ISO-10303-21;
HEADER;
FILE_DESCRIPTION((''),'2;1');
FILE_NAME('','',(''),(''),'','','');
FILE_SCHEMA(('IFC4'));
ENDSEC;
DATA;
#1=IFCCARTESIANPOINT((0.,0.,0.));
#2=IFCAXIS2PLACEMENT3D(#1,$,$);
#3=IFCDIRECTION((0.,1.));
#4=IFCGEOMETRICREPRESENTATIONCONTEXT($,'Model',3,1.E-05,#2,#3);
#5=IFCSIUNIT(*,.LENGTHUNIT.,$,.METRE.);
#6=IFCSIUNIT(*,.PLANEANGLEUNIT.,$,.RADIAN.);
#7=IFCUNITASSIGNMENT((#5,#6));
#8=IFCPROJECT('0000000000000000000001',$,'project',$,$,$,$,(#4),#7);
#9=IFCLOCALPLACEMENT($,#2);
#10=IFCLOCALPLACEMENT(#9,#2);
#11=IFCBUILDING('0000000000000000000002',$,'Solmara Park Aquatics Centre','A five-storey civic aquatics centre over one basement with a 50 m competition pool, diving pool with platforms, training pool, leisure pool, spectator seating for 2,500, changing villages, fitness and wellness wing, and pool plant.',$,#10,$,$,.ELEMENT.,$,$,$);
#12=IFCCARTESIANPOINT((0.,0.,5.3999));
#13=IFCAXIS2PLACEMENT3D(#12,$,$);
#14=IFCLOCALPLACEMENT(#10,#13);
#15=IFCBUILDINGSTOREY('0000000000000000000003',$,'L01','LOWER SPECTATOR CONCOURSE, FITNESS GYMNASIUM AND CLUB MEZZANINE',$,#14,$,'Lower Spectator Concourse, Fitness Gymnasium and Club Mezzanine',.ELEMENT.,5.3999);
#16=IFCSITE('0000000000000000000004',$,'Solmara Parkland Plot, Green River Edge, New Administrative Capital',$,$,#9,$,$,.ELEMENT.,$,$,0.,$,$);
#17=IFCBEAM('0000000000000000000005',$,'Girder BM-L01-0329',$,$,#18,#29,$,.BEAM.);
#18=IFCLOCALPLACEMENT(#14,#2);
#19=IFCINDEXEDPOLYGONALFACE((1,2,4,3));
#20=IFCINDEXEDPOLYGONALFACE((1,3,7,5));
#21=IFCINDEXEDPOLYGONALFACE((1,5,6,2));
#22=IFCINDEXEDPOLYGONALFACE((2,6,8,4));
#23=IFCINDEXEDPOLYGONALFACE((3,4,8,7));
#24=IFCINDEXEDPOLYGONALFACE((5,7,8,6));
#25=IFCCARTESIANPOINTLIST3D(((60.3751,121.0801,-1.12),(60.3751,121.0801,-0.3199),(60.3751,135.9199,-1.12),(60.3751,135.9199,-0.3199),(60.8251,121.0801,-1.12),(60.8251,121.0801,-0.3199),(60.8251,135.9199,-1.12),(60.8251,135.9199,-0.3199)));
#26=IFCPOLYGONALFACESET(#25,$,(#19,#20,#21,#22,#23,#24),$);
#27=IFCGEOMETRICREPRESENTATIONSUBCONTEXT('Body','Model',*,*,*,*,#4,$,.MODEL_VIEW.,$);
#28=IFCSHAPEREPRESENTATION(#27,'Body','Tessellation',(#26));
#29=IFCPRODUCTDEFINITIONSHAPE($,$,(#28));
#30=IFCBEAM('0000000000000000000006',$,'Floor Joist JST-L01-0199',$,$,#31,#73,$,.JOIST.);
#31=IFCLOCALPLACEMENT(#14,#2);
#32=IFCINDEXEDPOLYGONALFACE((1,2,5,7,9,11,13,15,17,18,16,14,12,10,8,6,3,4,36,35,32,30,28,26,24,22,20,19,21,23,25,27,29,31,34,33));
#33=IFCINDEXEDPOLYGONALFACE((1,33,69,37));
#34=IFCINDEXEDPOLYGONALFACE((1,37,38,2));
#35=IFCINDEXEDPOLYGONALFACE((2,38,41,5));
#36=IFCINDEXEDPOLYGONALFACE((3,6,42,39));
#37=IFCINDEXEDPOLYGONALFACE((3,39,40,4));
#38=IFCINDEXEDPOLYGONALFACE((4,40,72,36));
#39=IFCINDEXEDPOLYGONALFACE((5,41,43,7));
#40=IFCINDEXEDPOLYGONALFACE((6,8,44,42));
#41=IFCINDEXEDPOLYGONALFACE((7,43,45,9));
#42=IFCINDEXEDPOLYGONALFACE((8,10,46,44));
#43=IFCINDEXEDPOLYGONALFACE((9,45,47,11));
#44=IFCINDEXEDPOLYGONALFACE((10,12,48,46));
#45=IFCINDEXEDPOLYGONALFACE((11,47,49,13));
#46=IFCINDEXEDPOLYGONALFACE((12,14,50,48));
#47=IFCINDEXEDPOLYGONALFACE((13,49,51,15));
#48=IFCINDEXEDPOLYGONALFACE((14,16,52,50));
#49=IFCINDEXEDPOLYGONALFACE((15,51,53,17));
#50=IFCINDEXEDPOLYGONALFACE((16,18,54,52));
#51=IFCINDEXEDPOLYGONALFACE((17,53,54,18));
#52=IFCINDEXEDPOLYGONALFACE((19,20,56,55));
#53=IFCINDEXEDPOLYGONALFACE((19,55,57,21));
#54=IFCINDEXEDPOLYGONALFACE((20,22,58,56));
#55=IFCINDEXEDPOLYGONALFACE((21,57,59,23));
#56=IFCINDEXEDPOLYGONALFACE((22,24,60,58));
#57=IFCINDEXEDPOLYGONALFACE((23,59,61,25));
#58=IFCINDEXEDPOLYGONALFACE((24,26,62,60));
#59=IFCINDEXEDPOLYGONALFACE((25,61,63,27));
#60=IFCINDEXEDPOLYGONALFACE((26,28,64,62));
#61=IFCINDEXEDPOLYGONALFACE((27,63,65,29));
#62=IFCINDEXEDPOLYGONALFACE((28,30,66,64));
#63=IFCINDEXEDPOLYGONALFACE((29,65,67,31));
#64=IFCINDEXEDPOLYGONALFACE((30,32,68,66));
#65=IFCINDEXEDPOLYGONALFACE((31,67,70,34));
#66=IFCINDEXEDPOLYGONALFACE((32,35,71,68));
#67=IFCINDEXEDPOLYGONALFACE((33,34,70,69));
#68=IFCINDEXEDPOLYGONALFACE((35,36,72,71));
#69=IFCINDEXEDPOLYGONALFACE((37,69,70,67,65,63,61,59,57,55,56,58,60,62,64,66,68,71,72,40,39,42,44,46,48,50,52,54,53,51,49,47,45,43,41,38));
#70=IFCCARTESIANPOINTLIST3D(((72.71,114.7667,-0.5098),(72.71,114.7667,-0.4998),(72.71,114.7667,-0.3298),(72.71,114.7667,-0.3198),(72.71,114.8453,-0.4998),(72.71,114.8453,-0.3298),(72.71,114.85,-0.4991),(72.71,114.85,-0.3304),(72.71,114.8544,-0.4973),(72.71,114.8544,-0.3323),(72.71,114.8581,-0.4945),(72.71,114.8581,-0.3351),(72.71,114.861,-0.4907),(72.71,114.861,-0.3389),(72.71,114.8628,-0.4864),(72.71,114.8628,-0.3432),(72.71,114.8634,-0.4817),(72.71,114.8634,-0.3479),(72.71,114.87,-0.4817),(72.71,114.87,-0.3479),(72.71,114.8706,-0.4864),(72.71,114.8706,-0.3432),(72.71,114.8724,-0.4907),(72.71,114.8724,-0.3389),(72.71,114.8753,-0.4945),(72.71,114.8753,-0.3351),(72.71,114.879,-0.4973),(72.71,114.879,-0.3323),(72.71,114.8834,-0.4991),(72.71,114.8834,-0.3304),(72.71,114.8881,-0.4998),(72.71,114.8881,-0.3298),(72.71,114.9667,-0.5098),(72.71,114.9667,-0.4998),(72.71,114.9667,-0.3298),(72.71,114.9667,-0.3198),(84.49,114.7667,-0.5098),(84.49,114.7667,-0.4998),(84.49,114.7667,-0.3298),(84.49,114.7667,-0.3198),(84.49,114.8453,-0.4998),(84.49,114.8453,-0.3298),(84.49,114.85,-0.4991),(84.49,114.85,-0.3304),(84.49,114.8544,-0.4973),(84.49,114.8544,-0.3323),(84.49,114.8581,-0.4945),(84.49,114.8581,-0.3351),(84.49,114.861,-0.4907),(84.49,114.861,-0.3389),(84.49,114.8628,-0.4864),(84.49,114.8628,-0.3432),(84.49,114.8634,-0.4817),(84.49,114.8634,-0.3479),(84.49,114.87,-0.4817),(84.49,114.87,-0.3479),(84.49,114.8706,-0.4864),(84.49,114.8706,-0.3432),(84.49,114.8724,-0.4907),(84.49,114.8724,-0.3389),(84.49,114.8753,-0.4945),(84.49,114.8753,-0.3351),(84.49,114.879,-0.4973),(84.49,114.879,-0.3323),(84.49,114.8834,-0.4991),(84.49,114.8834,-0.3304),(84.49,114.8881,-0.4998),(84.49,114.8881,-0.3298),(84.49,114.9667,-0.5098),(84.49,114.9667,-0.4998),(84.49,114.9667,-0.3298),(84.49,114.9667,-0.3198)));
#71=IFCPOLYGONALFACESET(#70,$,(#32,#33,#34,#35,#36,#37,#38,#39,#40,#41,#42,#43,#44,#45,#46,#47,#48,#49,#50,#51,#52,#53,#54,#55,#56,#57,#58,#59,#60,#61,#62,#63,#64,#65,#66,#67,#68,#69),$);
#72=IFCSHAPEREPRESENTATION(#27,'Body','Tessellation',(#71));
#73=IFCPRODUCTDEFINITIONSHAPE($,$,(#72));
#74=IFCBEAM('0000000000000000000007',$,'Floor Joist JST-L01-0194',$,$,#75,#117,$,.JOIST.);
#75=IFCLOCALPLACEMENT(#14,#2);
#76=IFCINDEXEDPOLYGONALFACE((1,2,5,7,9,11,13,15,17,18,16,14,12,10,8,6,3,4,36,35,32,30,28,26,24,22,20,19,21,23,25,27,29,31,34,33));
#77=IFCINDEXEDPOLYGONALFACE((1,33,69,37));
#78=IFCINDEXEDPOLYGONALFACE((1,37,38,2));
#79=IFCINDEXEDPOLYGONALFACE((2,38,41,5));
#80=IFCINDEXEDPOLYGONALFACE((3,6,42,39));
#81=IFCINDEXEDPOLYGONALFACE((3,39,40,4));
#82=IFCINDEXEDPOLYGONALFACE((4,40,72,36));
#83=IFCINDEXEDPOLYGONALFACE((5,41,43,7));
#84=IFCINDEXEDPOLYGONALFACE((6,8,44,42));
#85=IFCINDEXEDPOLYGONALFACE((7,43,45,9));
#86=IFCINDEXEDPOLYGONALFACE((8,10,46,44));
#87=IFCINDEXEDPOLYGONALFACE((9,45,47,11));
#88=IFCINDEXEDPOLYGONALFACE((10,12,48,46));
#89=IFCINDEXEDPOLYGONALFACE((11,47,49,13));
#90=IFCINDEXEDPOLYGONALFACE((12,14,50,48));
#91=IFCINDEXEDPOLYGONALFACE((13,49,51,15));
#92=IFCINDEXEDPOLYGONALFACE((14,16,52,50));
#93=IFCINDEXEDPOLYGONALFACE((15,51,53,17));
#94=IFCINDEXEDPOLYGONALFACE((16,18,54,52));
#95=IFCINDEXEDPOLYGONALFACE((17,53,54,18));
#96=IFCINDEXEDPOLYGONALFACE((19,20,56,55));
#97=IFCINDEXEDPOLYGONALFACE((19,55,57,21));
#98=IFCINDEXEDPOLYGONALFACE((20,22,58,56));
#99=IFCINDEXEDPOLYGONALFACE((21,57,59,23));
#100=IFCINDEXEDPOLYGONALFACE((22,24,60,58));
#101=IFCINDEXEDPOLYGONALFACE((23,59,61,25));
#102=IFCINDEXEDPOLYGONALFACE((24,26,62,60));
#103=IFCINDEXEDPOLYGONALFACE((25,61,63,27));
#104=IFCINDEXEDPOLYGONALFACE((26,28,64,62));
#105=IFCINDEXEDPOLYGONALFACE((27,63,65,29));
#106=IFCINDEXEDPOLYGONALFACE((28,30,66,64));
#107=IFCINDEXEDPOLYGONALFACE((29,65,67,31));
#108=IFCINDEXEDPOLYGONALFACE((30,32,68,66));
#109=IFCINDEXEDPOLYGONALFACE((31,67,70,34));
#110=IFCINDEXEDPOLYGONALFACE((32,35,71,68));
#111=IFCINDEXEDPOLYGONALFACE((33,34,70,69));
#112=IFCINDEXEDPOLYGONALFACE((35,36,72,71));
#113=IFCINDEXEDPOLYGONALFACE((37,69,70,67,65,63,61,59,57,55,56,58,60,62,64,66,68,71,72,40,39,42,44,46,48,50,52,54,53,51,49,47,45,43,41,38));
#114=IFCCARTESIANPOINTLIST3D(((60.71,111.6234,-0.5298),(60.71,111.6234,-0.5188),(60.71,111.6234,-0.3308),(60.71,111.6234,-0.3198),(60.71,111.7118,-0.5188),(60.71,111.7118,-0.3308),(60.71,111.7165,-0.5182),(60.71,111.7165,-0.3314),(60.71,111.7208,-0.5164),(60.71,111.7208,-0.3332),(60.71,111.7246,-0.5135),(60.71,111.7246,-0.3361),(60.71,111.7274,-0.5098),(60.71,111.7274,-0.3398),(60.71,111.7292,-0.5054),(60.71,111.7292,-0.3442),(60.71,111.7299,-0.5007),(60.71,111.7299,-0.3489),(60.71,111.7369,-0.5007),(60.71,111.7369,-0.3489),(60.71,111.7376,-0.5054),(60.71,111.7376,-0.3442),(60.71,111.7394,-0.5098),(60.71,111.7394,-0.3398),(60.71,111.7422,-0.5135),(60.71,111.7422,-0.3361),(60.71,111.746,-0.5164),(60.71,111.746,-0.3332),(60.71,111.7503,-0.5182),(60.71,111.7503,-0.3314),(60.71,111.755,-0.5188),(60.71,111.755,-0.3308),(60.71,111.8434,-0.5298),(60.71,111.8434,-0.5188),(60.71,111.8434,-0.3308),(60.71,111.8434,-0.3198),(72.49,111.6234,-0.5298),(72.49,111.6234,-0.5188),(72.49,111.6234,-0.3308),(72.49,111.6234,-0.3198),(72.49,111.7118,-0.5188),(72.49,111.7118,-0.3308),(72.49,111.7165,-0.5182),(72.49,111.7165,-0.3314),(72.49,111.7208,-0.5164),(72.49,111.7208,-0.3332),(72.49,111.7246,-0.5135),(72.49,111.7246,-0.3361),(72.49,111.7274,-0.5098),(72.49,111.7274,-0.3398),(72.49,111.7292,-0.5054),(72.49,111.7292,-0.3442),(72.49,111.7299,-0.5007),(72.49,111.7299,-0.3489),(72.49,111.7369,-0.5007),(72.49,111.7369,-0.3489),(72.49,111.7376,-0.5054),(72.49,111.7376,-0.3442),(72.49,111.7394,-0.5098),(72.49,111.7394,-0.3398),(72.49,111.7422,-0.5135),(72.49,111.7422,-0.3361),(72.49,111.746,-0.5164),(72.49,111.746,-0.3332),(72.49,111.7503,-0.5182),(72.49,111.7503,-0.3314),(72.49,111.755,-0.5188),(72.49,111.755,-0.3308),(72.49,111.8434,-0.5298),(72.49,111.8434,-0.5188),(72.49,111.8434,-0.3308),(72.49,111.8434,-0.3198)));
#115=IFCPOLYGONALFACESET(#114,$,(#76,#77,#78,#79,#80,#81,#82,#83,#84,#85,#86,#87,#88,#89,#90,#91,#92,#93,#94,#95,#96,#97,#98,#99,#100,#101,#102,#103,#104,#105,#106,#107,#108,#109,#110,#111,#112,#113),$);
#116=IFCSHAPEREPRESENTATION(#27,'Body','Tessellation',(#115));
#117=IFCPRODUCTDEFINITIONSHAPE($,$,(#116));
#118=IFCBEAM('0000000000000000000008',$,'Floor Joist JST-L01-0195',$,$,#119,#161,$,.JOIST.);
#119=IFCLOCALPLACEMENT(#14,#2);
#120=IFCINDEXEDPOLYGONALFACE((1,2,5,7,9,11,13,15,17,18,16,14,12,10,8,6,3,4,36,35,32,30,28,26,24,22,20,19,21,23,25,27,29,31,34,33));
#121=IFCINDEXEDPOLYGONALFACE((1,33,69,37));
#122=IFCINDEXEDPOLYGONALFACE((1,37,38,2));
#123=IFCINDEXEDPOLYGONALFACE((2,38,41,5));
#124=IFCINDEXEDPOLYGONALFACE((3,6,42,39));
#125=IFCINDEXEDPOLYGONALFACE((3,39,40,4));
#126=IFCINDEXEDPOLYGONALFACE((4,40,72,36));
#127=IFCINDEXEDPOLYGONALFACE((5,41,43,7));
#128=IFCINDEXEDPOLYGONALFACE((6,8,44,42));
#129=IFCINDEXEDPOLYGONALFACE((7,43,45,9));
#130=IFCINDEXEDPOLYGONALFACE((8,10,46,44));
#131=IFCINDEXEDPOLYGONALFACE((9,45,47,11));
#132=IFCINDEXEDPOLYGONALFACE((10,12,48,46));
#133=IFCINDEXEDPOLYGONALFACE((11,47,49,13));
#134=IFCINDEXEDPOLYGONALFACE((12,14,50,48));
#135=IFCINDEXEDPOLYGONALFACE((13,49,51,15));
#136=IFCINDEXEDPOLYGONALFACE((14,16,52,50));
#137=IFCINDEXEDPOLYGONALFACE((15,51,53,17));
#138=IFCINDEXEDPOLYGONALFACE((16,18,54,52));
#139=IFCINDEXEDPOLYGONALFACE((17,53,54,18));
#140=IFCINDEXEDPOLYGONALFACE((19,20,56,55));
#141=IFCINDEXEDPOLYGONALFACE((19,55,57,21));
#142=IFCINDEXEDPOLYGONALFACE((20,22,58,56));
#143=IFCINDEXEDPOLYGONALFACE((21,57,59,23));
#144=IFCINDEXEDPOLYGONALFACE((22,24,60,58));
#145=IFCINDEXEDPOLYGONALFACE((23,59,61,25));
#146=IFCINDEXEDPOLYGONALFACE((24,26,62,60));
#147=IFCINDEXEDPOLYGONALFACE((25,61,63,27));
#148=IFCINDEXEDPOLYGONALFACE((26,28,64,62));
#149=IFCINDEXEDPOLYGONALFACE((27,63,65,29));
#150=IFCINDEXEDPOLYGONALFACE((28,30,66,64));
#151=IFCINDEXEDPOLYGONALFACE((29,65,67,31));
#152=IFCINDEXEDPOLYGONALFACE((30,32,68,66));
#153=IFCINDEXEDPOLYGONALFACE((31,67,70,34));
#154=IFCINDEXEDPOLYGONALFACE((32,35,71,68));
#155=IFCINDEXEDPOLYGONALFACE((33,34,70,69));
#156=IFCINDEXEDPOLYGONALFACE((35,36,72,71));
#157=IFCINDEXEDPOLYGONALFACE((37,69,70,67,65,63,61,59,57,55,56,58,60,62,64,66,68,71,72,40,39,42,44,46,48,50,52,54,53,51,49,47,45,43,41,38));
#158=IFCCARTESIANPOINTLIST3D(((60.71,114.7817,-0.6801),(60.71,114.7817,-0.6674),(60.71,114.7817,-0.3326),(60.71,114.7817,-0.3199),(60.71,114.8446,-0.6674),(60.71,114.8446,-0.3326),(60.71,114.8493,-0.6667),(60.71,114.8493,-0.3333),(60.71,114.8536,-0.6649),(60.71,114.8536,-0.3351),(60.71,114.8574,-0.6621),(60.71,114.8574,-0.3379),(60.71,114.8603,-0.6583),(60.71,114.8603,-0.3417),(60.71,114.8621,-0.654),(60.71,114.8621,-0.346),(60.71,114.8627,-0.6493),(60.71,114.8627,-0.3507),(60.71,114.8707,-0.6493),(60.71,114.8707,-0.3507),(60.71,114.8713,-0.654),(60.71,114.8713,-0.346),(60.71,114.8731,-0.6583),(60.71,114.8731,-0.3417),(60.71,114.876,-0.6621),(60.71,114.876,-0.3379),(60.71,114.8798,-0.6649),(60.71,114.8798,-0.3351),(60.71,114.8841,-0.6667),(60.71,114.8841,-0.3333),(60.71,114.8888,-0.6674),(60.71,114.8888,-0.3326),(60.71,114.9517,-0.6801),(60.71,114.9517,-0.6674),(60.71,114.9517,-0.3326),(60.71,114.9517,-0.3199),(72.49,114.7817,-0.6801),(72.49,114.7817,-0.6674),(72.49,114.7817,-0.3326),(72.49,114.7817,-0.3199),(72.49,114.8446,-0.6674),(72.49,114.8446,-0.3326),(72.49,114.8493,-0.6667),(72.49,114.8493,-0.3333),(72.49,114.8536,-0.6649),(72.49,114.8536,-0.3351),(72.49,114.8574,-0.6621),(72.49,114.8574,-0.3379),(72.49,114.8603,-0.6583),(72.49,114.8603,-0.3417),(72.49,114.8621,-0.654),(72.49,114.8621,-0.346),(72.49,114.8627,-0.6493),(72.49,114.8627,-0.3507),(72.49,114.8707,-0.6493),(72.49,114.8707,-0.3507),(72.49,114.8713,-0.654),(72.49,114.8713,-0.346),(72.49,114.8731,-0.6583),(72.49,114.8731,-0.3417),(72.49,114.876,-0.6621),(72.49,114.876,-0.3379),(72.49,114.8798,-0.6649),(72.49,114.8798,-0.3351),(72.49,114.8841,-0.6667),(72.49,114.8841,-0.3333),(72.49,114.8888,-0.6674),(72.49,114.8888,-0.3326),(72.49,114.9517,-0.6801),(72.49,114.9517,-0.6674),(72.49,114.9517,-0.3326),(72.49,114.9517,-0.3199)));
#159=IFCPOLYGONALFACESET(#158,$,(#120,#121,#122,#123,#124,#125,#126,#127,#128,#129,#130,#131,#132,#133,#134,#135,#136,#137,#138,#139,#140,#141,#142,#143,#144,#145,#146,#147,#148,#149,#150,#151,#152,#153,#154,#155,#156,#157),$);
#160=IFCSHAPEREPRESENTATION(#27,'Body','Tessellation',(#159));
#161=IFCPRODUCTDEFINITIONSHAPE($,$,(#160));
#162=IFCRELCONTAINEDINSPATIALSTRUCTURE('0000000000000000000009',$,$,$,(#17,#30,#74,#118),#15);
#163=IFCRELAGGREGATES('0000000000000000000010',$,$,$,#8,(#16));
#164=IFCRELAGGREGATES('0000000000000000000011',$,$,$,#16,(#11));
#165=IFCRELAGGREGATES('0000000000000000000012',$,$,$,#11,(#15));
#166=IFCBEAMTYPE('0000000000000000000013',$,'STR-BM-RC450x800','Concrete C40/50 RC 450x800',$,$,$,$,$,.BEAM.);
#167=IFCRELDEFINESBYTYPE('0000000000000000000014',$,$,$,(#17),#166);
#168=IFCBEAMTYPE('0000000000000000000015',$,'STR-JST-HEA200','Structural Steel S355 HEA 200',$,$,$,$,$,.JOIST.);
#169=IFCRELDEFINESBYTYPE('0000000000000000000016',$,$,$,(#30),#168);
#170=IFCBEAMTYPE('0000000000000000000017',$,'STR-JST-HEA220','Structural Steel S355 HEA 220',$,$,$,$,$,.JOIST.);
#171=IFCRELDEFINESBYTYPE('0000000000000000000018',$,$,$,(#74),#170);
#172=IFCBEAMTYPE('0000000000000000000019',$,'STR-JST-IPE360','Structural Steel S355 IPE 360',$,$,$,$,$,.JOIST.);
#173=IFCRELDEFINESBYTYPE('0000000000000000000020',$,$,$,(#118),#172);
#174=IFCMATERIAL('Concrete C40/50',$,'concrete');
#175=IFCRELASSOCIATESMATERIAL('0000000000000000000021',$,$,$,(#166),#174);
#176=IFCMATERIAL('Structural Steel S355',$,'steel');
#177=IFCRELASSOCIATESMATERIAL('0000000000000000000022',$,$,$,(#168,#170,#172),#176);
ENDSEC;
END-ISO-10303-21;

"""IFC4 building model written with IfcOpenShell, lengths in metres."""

from ifc_helpers import new_model, si_unit, direction, frame, origin, origin_2d, place, context, subcontext, project, spatial, rectangle, i_section, extrude, material, material_profile, profile_set, type_object, element, save


model = new_model("IFC4")

# Units and contexts
model_context = context("Model", 3, precision=1e-05, world=origin(), true_north=direction((0.0, 1.0)))
body_context = subcontext(model_context, "Body", "Model", "MODEL_VIEW")
ifc_project = project(units=[si_unit("LENGTHUNIT", "METRE"), si_unit("PLANEANGLEUNIT", "RADIAN")], contexts=[model_context])

# Site, building, storey
site_placement = place(None, origin())
site = spatial("IfcSite", under=ifc_project, at=site_placement, Name="Solmara Parkland Plot, Green River Edge, New Administrative Capital", CompositionType="ELEMENT", RefElevation=0.0)
building_placement = place(site_placement, origin())
building = spatial("IfcBuilding", under=site, at=building_placement, Name="Solmara Park Aquatics Centre", Description="A five-storey civic aquatics centre over one basement with a 50 m competition pool, diving pool with platforms, training pool, leisure pool, spectator seating for 2,500, changing villages, fitness and wellness wing, and pool plant.", CompositionType="ELEMENT")
storey_placement = place(building_placement, frame((0.0, 0.0, 5.3999)))
storey = spatial("IfcBuildingStorey", under=building, at=storey_placement, Name="L01", Description="LOWER SPECTATOR CONCOURSE, FITNESS GYMNASIUM AND CLUB MEZZANINE", LongName="Lower Spectator Concourse, Fitness Gymnasium and Club Mezzanine", CompositionType="ELEMENT", Elevation=5.3999)

# Shared definitions
ifc_material_1 = material(Name="Concrete C40/50", Category="concrete")
ifc_material_2 = material(Name="Structural Steel S355", Category="steel")

# Beams
ifc_material_profile_1 = material_profile(ifc_material_1, rectangle(XDim=0.45, YDim=0.8, at=origin_2d()), Name="RC 450x800")
ifc_profile_set_1 = profile_set([ifc_material_profile_1], Name="Concrete C40/50")
beam_type_1 = type_object("IfcBeamType", Name="STR-BM-RC450x800", Description="Concrete C40/50 RC 450x800", PredefinedType="BEAM", material=ifc_profile_set_1)
beam_1_placement = place(storey_placement, frame((60.6001, 121.0801, -0.72), z_axis=(0.0, 1.0, 0.0), x_axis=(-1.0, 0.0, 0.0)))
element("IfcBeam", 1, at=beam_1_placement, inside=storey, type_object=beam_type_1, Name="Girder BM-L01-0329", PredefinedType="BEAM", context=body_context, shape_type="SweptSolid", body=[
    extrude(rectangle(XDim=0.45, YDim=0.8, at=origin_2d()), origin(), (0.0, 0.0, 1.0), 14.8398),
])
ifc_material_profile_2 = material_profile(ifc_material_2, i_section(OverallWidth=0.2, OverallDepth=0.1899, WebThickness=0.0066, FlangeThickness=0.01, FilletRadius=0.0181, at=origin_2d()), Name="HEA 200")
ifc_profile_set_2 = profile_set([ifc_material_profile_2], Name="Structural Steel S355")
beam_type_2 = type_object("IfcBeamType", Name="STR-JST-HEA200", Description="Structural Steel S355 HEA 200", PredefinedType="JOIST", material=ifc_profile_set_2)
beam_2_placement = place(storey_placement, frame((72.71, 114.8667, -0.4148), z_axis=(1.0, 0.0, 0.0), x_axis=(0.0, 1.0, 0.0)))
element("IfcBeam", 2, at=beam_2_placement, inside=storey, type_object=beam_type_2, Name="Floor Joist JST-L01-0199", PredefinedType="JOIST", context=body_context, shape_type="SweptSolid", body=[
    extrude(i_section(OverallWidth=0.2, OverallDepth=0.1899, WebThickness=0.0066, FlangeThickness=0.01, FilletRadius=0.0181, at=origin_2d()), origin(), (0.0, 0.0, 1.0), 11.78),
])
ifc_material_profile_3 = material_profile(ifc_material_2, i_section(OverallWidth=0.22, OverallDepth=0.21, WebThickness=0.0071, FlangeThickness=0.011, FilletRadius=0.0181, at=origin_2d()), Name="HEA 220")
ifc_profile_set_3 = profile_set([ifc_material_profile_3], Name="Structural Steel S355")
beam_type_3 = type_object("IfcBeamType", Name="STR-JST-HEA220", Description="Structural Steel S355 HEA 220", PredefinedType="JOIST", material=ifc_profile_set_3)
beam_3_placement = place(storey_placement, frame((60.71, 111.7334, -0.4248), z_axis=(1.0, 0.0, 0.0), x_axis=(0.0, 1.0, 0.0)))
element("IfcBeam", 3, at=beam_3_placement, inside=storey, type_object=beam_type_3, Name="Floor Joist JST-L01-0194", PredefinedType="JOIST", context=body_context, shape_type="SweptSolid", body=[
    extrude(i_section(OverallWidth=0.22, OverallDepth=0.21, WebThickness=0.0071, FlangeThickness=0.011, FilletRadius=0.0181, at=origin_2d()), origin(), (0.0, 0.0, 1.0), 11.78),
])
ifc_material_profile_4 = material_profile(ifc_material_2, i_section(OverallWidth=0.1699, OverallDepth=0.3601, WebThickness=0.0081, FlangeThickness=0.0127, FilletRadius=0.0181, at=origin_2d()), Name="IPE 360")
ifc_profile_set_4 = profile_set([ifc_material_profile_4], Name="Structural Steel S355")
beam_type_4 = type_object("IfcBeamType", Name="STR-JST-IPE360", Description="Structural Steel S355 IPE 360", PredefinedType="JOIST", material=ifc_profile_set_4)
beam_4_placement = place(storey_placement, frame((60.71, 114.8667, -0.5), z_axis=(1.0, 0.0, 0.0), x_axis=(0.0, 1.0, 0.0)))
element("IfcBeam", 4, at=beam_4_placement, inside=storey, type_object=beam_type_4, Name="Floor Joist JST-L01-0195", PredefinedType="JOIST", context=body_context, shape_type="SweptSolid", body=[
    extrude(i_section(OverallWidth=0.1699, OverallDepth=0.3601, WebThickness=0.0081, FlangeThickness=0.0127, FilletRadius=0.0181, at=origin_2d()), origin(), (0.0, 0.0, 1.0), 11.78),
])

save(model, "model.ifc")
